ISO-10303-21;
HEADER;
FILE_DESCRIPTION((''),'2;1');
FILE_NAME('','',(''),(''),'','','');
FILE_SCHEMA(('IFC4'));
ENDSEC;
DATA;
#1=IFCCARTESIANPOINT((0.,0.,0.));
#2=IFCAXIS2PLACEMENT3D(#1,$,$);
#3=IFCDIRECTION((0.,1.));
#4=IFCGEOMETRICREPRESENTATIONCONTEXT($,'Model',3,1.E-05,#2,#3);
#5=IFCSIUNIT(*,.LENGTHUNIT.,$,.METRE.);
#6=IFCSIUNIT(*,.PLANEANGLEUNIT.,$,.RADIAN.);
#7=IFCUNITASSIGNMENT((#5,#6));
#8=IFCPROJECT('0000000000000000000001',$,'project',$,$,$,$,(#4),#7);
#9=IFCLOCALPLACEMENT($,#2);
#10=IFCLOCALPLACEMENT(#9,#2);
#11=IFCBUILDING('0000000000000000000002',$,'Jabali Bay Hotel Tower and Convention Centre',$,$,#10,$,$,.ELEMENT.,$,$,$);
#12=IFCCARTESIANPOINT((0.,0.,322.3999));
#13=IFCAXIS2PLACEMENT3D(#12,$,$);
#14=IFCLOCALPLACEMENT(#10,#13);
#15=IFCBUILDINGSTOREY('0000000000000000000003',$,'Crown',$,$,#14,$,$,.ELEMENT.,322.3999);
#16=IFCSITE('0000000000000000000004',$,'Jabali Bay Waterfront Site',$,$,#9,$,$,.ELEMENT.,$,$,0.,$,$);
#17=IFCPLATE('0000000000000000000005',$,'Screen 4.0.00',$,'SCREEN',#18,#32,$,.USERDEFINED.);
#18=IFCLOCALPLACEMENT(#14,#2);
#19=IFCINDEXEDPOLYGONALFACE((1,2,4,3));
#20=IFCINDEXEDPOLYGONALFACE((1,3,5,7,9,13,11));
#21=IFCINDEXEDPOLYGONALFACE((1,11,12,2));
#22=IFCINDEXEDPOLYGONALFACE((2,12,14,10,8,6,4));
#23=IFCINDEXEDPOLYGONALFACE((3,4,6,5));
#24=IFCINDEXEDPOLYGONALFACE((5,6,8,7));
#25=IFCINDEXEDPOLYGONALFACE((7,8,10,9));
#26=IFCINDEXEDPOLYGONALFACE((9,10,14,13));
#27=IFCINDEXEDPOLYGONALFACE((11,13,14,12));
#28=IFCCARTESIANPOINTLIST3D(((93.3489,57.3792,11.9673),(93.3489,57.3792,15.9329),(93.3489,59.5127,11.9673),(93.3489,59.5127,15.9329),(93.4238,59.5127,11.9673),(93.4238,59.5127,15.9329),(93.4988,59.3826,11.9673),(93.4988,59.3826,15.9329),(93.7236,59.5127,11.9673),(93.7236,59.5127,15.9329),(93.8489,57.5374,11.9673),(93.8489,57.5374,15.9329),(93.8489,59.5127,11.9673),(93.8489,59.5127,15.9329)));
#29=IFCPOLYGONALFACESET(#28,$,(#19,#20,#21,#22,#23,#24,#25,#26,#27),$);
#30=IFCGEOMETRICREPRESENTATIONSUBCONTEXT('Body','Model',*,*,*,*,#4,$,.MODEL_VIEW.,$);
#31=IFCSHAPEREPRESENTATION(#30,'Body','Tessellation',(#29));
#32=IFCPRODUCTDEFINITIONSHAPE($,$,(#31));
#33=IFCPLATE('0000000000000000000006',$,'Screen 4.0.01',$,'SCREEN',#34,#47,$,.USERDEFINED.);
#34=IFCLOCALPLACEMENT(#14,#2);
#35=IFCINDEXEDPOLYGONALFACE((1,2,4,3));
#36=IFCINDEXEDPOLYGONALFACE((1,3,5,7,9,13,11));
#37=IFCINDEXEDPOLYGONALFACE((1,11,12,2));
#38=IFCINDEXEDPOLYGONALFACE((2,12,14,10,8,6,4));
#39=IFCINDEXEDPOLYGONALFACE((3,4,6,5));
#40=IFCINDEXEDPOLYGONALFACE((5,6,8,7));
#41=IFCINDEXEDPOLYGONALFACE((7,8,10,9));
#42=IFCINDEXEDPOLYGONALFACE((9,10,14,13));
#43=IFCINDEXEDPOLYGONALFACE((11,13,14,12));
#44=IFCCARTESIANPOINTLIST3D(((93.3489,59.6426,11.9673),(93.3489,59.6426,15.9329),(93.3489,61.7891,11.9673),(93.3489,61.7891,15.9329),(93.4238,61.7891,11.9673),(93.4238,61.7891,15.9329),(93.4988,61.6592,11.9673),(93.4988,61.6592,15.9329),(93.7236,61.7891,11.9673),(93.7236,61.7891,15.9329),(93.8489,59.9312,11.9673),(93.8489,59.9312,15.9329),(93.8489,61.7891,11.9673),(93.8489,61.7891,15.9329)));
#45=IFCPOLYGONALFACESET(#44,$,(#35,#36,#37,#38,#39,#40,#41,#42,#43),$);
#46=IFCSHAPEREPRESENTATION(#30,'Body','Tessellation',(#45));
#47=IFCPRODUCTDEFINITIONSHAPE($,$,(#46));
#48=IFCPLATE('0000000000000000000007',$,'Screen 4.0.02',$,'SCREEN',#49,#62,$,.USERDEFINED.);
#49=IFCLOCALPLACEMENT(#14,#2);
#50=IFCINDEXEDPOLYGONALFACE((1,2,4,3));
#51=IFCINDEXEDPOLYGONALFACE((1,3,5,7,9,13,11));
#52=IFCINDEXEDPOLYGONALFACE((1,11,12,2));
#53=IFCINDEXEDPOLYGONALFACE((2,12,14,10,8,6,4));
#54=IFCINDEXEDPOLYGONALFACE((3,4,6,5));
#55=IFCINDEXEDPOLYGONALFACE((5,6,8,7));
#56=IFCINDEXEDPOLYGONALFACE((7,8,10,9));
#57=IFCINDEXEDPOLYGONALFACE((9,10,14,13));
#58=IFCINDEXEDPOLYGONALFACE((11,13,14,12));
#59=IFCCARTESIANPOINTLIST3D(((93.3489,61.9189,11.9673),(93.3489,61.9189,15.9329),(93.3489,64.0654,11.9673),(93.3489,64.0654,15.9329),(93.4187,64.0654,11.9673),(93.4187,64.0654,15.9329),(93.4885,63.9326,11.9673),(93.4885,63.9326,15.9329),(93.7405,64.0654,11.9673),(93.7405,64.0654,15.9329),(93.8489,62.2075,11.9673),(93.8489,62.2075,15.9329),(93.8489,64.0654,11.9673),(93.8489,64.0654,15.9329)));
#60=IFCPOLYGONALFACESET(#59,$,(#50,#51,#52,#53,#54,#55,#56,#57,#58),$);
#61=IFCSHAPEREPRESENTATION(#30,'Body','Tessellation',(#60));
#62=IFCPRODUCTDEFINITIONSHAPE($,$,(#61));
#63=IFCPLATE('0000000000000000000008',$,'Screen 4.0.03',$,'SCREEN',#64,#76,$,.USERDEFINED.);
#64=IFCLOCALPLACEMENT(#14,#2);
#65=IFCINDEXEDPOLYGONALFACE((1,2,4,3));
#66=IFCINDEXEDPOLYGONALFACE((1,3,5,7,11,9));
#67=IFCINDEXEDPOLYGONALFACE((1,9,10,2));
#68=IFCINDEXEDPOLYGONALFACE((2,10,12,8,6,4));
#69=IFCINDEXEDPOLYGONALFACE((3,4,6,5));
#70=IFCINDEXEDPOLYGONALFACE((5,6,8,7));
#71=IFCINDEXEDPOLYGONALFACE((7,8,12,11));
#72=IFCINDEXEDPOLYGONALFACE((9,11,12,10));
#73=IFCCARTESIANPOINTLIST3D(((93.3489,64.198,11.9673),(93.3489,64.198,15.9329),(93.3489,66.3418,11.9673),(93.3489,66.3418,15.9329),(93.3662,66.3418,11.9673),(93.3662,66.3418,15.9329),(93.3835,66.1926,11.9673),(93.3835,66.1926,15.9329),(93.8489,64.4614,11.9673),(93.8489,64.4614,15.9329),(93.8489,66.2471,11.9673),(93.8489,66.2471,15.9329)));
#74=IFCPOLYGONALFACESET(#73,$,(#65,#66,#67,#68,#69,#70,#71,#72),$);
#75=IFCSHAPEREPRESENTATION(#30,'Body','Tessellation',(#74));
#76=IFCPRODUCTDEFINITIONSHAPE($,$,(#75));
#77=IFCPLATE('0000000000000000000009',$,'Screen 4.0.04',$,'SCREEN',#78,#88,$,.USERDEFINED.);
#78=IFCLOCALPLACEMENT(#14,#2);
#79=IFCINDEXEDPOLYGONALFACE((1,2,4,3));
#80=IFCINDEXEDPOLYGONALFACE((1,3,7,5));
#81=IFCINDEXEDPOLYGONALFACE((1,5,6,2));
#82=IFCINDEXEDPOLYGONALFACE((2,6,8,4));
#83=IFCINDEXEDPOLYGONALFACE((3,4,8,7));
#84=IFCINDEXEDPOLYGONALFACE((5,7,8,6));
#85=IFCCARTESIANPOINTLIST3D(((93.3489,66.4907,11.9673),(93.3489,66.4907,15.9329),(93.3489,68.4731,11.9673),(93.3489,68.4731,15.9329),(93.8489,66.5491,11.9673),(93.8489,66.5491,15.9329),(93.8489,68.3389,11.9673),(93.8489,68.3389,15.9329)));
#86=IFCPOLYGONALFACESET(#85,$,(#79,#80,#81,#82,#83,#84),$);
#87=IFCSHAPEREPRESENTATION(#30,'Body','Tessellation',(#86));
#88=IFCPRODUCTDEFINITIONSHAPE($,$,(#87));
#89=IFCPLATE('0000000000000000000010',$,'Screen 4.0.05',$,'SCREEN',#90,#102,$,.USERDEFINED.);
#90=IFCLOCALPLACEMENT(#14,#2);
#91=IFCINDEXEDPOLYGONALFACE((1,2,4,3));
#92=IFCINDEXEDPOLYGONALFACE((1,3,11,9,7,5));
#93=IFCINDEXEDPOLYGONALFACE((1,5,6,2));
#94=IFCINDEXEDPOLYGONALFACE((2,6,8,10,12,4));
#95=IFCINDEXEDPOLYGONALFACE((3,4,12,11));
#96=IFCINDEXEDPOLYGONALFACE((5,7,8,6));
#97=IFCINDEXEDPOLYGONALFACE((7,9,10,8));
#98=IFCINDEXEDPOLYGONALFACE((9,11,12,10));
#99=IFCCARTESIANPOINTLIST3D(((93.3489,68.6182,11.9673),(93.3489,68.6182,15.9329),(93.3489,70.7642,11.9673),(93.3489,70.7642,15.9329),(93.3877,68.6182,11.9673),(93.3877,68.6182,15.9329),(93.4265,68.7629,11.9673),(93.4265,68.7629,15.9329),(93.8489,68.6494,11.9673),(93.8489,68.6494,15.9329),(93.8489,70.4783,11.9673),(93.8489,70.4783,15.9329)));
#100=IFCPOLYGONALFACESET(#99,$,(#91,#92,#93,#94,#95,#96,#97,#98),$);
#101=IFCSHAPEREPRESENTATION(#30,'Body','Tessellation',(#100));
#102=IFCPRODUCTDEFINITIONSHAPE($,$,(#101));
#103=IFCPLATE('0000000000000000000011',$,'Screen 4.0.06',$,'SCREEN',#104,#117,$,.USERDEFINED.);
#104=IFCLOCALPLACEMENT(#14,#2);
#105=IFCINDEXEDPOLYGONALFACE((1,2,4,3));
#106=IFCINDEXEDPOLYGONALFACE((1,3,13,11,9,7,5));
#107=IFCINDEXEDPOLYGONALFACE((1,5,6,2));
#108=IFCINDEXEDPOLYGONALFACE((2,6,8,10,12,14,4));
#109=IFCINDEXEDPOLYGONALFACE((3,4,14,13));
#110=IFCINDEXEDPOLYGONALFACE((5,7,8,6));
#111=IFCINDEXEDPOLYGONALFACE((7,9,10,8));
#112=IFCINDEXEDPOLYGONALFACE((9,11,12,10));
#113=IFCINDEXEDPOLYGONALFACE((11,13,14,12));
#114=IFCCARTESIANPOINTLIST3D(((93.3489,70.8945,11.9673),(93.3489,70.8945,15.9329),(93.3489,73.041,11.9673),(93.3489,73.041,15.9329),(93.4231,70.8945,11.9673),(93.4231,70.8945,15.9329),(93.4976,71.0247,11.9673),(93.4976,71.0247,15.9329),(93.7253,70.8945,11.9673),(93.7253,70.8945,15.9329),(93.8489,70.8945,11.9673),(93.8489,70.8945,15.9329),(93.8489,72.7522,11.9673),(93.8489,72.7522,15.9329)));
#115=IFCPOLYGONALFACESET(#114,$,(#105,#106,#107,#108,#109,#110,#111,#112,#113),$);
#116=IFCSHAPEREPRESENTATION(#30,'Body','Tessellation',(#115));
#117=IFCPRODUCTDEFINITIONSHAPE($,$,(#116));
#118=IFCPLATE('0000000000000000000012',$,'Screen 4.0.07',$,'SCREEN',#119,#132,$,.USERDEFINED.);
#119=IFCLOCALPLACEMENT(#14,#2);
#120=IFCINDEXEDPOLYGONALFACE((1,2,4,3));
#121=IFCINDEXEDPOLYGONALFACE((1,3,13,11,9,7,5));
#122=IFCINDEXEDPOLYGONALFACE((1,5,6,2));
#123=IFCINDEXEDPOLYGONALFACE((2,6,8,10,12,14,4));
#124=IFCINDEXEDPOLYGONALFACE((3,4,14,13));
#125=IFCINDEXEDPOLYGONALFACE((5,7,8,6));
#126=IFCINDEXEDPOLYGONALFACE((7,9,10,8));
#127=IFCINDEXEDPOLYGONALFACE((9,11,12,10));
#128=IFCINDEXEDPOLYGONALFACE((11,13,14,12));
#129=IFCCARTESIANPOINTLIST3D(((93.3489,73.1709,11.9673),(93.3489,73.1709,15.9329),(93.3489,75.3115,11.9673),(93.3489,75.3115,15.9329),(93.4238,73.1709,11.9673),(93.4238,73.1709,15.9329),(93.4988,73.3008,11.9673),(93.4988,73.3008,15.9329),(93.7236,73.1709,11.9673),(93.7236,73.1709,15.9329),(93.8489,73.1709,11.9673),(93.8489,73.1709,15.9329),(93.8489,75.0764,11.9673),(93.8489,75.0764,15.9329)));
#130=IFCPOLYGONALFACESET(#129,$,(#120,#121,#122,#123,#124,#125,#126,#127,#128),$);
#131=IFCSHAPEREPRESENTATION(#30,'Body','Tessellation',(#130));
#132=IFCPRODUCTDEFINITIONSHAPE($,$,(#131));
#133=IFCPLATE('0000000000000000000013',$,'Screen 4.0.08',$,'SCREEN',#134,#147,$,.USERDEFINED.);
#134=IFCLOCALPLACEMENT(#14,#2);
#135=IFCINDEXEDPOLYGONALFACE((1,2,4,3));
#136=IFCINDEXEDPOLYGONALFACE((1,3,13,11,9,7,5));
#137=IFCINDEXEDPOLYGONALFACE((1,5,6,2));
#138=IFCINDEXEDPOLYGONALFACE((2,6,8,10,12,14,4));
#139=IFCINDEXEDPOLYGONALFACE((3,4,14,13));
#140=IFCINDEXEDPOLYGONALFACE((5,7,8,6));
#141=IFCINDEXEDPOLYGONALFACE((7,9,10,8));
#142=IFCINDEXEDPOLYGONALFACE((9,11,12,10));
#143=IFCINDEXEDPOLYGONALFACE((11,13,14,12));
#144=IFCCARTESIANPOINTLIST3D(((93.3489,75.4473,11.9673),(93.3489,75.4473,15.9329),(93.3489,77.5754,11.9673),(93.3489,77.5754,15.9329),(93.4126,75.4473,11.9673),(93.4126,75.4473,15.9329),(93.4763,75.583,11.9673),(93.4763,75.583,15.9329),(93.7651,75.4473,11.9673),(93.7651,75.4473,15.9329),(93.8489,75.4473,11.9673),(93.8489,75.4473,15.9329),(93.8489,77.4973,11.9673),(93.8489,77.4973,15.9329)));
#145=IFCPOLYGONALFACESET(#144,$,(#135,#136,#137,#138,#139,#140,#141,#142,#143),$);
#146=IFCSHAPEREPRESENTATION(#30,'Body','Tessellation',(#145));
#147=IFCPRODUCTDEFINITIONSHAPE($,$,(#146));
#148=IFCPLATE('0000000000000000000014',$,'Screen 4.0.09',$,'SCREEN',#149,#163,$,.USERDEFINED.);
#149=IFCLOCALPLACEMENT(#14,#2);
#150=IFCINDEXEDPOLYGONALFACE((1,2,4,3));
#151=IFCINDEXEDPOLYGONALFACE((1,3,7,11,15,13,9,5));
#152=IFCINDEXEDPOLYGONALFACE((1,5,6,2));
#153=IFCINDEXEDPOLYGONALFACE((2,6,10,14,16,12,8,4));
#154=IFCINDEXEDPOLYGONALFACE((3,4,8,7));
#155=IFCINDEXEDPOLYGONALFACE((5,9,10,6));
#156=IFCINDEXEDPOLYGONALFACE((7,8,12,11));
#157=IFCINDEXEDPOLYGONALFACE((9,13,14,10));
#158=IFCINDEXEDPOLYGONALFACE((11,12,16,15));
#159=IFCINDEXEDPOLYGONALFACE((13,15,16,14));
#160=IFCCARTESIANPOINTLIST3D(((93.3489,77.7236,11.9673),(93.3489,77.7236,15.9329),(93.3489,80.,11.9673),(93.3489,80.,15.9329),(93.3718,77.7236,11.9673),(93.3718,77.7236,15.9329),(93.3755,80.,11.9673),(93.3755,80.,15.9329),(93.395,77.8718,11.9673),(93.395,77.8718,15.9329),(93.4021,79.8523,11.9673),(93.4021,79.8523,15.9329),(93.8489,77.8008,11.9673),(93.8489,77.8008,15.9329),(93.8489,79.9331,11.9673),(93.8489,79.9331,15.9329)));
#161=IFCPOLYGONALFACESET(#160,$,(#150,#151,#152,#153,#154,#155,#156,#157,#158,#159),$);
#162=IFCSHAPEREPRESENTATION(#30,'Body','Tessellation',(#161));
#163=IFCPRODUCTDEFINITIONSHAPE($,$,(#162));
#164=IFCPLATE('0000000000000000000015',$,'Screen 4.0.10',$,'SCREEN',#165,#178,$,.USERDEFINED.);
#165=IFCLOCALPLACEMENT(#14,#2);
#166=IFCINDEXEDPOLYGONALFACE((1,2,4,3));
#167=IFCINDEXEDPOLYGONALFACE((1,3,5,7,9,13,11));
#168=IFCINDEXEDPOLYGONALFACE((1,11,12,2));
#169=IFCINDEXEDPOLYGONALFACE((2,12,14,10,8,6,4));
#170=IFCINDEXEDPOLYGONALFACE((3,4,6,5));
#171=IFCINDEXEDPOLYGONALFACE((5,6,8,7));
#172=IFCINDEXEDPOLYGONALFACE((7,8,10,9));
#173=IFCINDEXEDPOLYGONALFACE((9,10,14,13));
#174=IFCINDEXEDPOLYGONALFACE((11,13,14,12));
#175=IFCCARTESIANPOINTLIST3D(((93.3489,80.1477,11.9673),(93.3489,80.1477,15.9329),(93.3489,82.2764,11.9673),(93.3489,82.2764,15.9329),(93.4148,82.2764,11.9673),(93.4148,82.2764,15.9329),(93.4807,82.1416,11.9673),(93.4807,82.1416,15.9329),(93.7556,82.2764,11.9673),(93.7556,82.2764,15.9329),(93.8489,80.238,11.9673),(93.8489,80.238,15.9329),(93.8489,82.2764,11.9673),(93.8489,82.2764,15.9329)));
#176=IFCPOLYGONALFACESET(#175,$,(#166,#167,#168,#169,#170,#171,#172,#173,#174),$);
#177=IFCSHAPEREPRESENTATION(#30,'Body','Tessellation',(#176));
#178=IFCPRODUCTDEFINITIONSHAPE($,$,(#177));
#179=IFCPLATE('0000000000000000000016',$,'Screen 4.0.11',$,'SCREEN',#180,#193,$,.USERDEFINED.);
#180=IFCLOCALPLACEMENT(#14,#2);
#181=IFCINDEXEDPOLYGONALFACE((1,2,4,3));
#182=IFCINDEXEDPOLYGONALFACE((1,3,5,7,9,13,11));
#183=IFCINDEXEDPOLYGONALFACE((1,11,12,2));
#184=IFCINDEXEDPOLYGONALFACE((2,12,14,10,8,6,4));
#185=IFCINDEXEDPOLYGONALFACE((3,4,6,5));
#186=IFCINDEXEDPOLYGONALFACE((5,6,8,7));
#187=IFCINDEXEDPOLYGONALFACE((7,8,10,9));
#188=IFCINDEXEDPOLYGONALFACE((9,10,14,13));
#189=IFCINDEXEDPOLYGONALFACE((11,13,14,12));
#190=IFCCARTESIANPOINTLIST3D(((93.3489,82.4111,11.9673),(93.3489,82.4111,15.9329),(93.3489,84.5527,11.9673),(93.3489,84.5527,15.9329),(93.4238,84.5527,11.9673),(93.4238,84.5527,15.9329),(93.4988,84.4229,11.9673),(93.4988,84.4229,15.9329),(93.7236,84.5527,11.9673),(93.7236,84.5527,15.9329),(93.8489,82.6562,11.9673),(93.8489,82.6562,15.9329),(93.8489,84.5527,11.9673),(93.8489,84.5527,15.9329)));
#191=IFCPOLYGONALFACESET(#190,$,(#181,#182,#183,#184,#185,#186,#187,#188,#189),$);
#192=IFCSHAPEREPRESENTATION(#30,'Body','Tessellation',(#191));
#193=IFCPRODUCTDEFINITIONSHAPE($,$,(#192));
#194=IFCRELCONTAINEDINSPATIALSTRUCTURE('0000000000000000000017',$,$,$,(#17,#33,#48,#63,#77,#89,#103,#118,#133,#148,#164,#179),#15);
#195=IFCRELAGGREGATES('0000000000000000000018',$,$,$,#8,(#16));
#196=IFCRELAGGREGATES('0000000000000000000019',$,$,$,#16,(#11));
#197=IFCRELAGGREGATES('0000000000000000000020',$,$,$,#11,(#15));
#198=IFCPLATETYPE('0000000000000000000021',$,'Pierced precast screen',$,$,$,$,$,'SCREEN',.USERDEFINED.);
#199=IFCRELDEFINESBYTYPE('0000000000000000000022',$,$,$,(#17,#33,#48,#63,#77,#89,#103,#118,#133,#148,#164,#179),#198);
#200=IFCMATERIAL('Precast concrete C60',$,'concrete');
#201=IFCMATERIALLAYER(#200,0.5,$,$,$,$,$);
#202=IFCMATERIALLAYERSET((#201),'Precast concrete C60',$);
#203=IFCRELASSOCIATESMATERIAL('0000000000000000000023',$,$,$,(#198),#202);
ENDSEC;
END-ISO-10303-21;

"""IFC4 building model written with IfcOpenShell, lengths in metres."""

from ifc_helpers import new_model, si_unit, direction, frame, origin, place, context, subcontext, project, spatial, polyline, outline, extrude, material, layer, layer_set, type_object, element, save


model = new_model("IFC4")

# Units and contexts
model_context = context("Model", 3, precision=1e-05, world=origin(), true_north=direction((0.0, 1.0)))
body_context = subcontext(model_context, "Body", "Model", "MODEL_VIEW")
ifc_project = project(units=[si_unit("LENGTHUNIT", "METRE"), si_unit("PLANEANGLEUNIT", "RADIAN")], contexts=[model_context])

# Site, building, storey
site_placement = place(None, origin())
site = spatial("IfcSite", under=ifc_project, at=site_placement, Name="Jabali Bay Waterfront Site", CompositionType="ELEMENT", RefElevation=0.0)
building_placement = place(site_placement, origin())
building = spatial("IfcBuilding", under=site, at=building_placement, Name="Jabali Bay Hotel Tower and Convention Centre", CompositionType="ELEMENT")
storey_placement = place(building_placement, frame((0.0, 0.0, 322.3999)))
storey = spatial("IfcBuildingStorey", under=building, at=storey_placement, Name="Crown", CompositionType="ELEMENT", Elevation=322.3999)

# Plates
ifc_material = material(Name="Precast concrete C60", Category="concrete")
ifc_layer = layer(ifc_material, 0.5)
ifc_layer_set = layer_set([ifc_layer], Name="Precast concrete C60")
plate_type = type_object("IfcPlateType", Name="Pierced precast screen", ElementType="SCREEN", PredefinedType="USERDEFINED", material=ifc_layer_set)
plate_1_placement = place(storey_placement, frame((0.0, 0.0, 11.9673)))
element("IfcPlate", 1, at=plate_1_placement, inside=storey, type_object=plate_type, Name="Screen 4.0.00", ObjectType="SCREEN", PredefinedType="USERDEFINED", context=body_context, shape_type="SweptSolid", body=[
    extrude(outline(polyline([(93.3489, 59.5127), (93.3489, 57.3792), (93.8489, 57.5374), (93.8489, 59.5127), (93.7236, 59.5127), (93.4988, 59.3826), (93.4238, 59.5127), (93.3489, 59.5127)])), origin(), (0.0, 0.0, 1.0), 3.9656),
])
plate_2_placement = place(storey_placement, frame((0.0, 0.0, 11.9673)))
element("IfcPlate", 2, at=plate_2_placement, inside=storey, type_object=plate_type, Name="Screen 4.0.01", ObjectType="SCREEN", PredefinedType="USERDEFINED", context=body_context, shape_type="SweptSolid", body=[
    extrude(outline(polyline([(93.3489, 61.7891), (93.3489, 59.6426), (93.8489, 59.9312), (93.8489, 61.7891), (93.7236, 61.7891), (93.4988, 61.6592), (93.4238, 61.7891), (93.3489, 61.7891)])), origin(), (0.0, 0.0, 1.0), 3.9656),
])
plate_3_placement = place(storey_placement, frame((0.0, 0.0, 11.9673)))
element("IfcPlate", 3, at=plate_3_placement, inside=storey, type_object=plate_type, Name="Screen 4.0.02", ObjectType="SCREEN", PredefinedType="USERDEFINED", context=body_context, shape_type="SweptSolid", body=[
    extrude(outline(polyline([(93.3489, 64.0654), (93.3489, 61.9189), (93.8489, 62.2075), (93.8489, 64.0654), (93.7405, 64.0654), (93.4885, 63.9326), (93.4187, 64.0654), (93.3489, 64.0654)])), origin(), (0.0, 0.0, 1.0), 3.9656),
])
plate_4_placement = place(storey_placement, frame((0.0, 0.0, 11.9673)))
element("IfcPlate", 4, at=plate_4_placement, inside=storey, type_object=plate_type, Name="Screen 4.0.03", ObjectType="SCREEN", PredefinedType="USERDEFINED", context=body_context, shape_type="SweptSolid", body=[
    extrude(outline(polyline([(93.3489, 66.3418), (93.3489, 64.198), (93.8489, 64.4614), (93.8489, 66.2471), (93.3835, 66.1926), (93.3662, 66.3418), (93.3489, 66.3418)])), origin(), (0.0, 0.0, 1.0), 3.9656),
])
plate_5_placement = place(storey_placement, frame((0.0, 0.0, 11.9673)))
element("IfcPlate", 5, at=plate_5_placement, inside=storey, type_object=plate_type, Name="Screen 4.0.04", ObjectType="SCREEN", PredefinedType="USERDEFINED", context=body_context, shape_type="SweptSolid", body=[
    extrude(outline(polyline([(93.3489, 68.4731), (93.3489, 66.4907), (93.8489, 66.5491), (93.8489, 68.3389), (93.3489, 68.4731)])), origin(), (0.0, 0.0, 1.0), 3.9656),
])
plate_6_placement = place(storey_placement, frame((0.0, 0.0, 11.9673)))
element("IfcPlate", 6, at=plate_6_placement, inside=storey, type_object=plate_type, Name="Screen 4.0.05", ObjectType="SCREEN", PredefinedType="USERDEFINED", context=body_context, shape_type="SweptSolid", body=[
    extrude(outline(polyline([(93.3489, 70.7642), (93.3489, 68.6182), (93.3877, 68.6182), (93.4265, 68.7629), (93.8489, 68.6494), (93.8489, 70.4783), (93.3489, 70.7642)])), origin(), (0.0, 0.0, 1.0), 3.9656),
])
plate_7_placement = place(storey_placement, frame((0.0, 0.0, 11.9673)))
element("IfcPlate", 7, at=plate_7_placement, inside=storey, type_object=plate_type, Name="Screen 4.0.06", ObjectType="SCREEN", PredefinedType="USERDEFINED", context=body_context, shape_type="SweptSolid", body=[
    extrude(outline(polyline([(93.3489, 73.041), (93.3489, 70.8945), (93.4231, 70.8945), (93.4976, 71.0247), (93.7253, 70.8945), (93.8489, 70.8945), (93.8489, 72.7522), (93.3489, 73.041)])), origin(), (0.0, 0.0, 1.0), 3.9656),
])
plate_8_placement = place(storey_placement, frame((0.0, 0.0, 11.9673)))
element("IfcPlate", 8, at=plate_8_placement, inside=storey, type_object=plate_type, Name="Screen 4.0.07", ObjectType="SCREEN", PredefinedType="USERDEFINED", context=body_context, shape_type="SweptSolid", body=[
    extrude(outline(polyline([(93.3489, 75.3115), (93.3489, 73.1709), (93.4238, 73.1709), (93.4988, 73.3008), (93.7236, 73.1709), (93.8489, 73.1709), (93.8489, 75.0764), (93.3489, 75.3115)])), origin(), (0.0, 0.0, 1.0), 3.9656),
])
plate_9_placement = place(storey_placement, frame((0.0, 0.0, 11.9673)))
element("IfcPlate", 9, at=plate_9_placement, inside=storey, type_object=plate_type, Name="Screen 4.0.08", ObjectType="SCREEN", PredefinedType="USERDEFINED", context=body_context, shape_type="SweptSolid", body=[
    extrude(outline(polyline([(93.3489, 77.5754), (93.3489, 75.4473), (93.4126, 75.4473), (93.4763, 75.583), (93.7651, 75.4473), (93.8489, 75.4473), (93.8489, 77.4973), (93.3489, 77.5754)])), origin(), (0.0, 0.0, 1.0), 3.9656),
])
plate_10_placement = place(storey_placement, frame((0.0, 0.0, 11.9673)))
element("IfcPlate", 10, at=plate_10_placement, inside=storey, type_object=plate_type, Name="Screen 4.0.09", ObjectType="SCREEN", PredefinedType="USERDEFINED", context=body_context, shape_type="SweptSolid", body=[
    extrude(outline(polyline([(93.3489, 80.0), (93.3489, 77.7236), (93.3718, 77.7236), (93.395, 77.8718), (93.8489, 77.8008), (93.8489, 79.9331), (93.4021, 79.8523), (93.3755, 80.0), (93.3489, 80.0)])), origin(), (0.0, 0.0, 1.0), 3.9656),
])
plate_11_placement = place(storey_placement, frame((0.0, 0.0, 11.9673)))
element("IfcPlate", 11, at=plate_11_placement, inside=storey, type_object=plate_type, Name="Screen 4.0.10", ObjectType="SCREEN", PredefinedType="USERDEFINED", context=body_context, shape_type="SweptSolid", body=[
    extrude(outline(polyline([(93.3489, 82.2764), (93.3489, 80.1477), (93.8489, 80.238), (93.8489, 82.2764), (93.7556, 82.2764), (93.4807, 82.1416), (93.4148, 82.2764), (93.3489, 82.2764)])), origin(), (0.0, 0.0, 1.0), 3.9656),
])
plate_12_placement = place(storey_placement, frame((0.0, 0.0, 11.9673)))
element("IfcPlate", 12, at=plate_12_placement, inside=storey, type_object=plate_type, Name="Screen 4.0.11", ObjectType="SCREEN", PredefinedType="USERDEFINED", context=body_context, shape_type="SweptSolid", body=[
    extrude(outline(polyline([(93.3489, 84.5527), (93.3489, 82.4111), (93.8489, 82.6562), (93.8489, 84.5527), (93.7236, 84.5527), (93.4988, 84.4229), (93.4238, 84.5527), (93.3489, 84.5527)])), origin(), (0.0, 0.0, 1.0), 3.9656),
])

save(model, "model.ifc")
